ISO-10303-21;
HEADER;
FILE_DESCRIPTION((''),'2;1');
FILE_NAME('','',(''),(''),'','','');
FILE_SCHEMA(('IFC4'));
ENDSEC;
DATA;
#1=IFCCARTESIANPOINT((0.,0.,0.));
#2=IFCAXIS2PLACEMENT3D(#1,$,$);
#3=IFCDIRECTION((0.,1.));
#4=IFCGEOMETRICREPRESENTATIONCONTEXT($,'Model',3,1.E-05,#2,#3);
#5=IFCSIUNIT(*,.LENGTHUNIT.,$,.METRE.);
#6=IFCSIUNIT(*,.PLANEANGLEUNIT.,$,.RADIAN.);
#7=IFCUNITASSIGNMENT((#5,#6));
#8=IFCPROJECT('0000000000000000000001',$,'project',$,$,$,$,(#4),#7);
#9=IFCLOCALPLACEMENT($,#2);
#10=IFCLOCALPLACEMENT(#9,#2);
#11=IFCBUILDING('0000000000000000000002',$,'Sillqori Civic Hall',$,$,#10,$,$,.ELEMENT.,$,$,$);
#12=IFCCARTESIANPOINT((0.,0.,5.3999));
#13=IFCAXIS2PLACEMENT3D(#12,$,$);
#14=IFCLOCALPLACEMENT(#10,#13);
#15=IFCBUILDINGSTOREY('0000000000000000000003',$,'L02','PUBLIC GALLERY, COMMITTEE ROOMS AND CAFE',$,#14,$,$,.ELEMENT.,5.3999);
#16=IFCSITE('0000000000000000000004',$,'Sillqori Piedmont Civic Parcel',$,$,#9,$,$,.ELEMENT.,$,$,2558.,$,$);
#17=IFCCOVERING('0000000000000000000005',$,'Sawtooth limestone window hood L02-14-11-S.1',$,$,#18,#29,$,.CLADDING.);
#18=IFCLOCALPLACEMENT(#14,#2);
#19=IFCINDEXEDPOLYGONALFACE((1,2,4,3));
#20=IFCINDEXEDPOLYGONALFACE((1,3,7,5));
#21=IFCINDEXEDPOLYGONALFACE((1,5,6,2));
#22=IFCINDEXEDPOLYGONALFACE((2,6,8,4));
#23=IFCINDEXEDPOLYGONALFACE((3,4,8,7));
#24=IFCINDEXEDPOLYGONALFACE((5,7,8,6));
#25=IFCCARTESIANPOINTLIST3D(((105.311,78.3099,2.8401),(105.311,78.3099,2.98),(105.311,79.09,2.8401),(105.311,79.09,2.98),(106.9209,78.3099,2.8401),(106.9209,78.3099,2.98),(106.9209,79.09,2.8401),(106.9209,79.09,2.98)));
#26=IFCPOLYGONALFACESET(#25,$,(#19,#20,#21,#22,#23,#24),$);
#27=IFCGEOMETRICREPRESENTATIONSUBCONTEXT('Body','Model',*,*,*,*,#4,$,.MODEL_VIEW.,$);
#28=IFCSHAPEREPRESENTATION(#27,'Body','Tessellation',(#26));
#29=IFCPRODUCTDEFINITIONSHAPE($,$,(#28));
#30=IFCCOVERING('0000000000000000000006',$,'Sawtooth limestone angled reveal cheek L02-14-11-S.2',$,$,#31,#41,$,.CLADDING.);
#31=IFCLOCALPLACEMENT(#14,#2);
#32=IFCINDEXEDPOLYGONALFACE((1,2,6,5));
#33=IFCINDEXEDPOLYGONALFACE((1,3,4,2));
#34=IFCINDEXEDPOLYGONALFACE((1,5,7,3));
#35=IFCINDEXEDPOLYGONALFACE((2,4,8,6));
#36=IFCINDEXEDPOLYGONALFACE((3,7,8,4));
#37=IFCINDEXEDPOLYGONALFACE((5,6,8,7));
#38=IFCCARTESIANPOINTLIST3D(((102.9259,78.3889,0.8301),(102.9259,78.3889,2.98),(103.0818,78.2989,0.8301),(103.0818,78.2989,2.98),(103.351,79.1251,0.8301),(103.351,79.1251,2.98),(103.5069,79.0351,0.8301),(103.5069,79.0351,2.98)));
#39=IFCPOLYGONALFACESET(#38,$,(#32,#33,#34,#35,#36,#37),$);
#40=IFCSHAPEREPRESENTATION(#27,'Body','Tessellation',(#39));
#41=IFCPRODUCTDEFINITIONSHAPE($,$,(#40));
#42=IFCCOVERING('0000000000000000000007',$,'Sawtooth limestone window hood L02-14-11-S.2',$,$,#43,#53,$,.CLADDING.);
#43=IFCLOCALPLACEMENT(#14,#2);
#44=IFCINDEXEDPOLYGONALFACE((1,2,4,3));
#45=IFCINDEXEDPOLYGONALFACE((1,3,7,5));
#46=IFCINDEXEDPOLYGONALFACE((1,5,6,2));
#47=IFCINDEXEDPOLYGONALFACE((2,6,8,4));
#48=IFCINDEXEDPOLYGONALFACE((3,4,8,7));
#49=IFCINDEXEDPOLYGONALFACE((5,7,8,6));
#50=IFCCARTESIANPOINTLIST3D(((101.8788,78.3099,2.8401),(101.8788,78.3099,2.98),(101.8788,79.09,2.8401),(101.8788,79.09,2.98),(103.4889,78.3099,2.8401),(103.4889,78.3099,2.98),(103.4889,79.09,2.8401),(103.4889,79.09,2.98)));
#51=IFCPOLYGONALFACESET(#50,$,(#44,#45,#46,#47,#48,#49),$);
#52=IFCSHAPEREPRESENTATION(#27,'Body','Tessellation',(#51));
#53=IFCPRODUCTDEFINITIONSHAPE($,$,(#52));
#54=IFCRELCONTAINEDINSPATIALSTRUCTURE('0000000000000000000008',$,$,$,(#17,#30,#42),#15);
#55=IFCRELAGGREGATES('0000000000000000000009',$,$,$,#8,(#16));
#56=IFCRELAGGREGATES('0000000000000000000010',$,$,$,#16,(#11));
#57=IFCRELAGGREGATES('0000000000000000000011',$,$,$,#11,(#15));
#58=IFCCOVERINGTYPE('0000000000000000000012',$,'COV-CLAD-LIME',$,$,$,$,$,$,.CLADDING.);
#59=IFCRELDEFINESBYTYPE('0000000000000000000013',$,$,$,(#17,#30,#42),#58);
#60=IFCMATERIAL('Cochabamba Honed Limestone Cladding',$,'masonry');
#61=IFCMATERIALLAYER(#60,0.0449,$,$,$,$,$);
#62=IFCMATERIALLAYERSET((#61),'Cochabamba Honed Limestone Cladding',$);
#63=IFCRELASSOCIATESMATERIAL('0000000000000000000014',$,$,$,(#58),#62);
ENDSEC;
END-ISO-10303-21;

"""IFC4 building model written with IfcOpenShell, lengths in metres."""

from ifc_helpers import new_model, si_unit, direction, frame, frame_2d, origin, place, context, subcontext, project, spatial, rectangle, extrude, material, layer, layer_set, type_object, element, save


model = new_model("IFC4")

# Units and contexts
model_context = context("Model", 3, precision=1e-05, world=origin(), true_north=direction((0.0, 1.0)))
body_context = subcontext(model_context, "Body", "Model", "MODEL_VIEW")
ifc_project = project(units=[si_unit("LENGTHUNIT", "METRE"), si_unit("PLANEANGLEUNIT", "RADIAN")], contexts=[model_context])

# Site, building, storey
site_placement = place(None, origin())
site = spatial("IfcSite", under=ifc_project, at=site_placement, Name="Sillqori Piedmont Civic Parcel", CompositionType="ELEMENT", RefElevation=2558.0)
building_placement = place(site_placement, origin())
building = spatial("IfcBuilding", under=site, at=building_placement, Name="Sillqori Civic Hall", CompositionType="ELEMENT")
storey_placement = place(building_placement, frame((0.0, 0.0, 5.3999)))
storey = spatial("IfcBuildingStorey", under=building, at=storey_placement, Name="L02", Description="PUBLIC GALLERY, COMMITTEE ROOMS AND CAFE", CompositionType="ELEMENT", Elevation=5.3999)

# Coverings
ifc_material_1 = material(Name="Cochabamba Honed Limestone Cladding", Category="masonry")
ifc_layer_1 = layer(ifc_material_1, 0.0449)
ifc_layer_set_1 = layer_set([ifc_layer_1], Name="Cochabamba Honed Limestone Cladding")
covering_type = type_object("IfcCoveringType", Name="COV-CLAD-LIME", PredefinedType="CLADDING", material=ifc_layer_set_1)
covering_1_placement = place(storey_placement, frame((106.9209, 78.7, 2.8401), z_axis=(0.0, 0.0, 1.0), x_axis=(-1.0, 0.0, 0.0)))
element("IfcCovering", 1, at=covering_1_placement, inside=storey, type_object=covering_type, Name="Sawtooth limestone window hood L02-14-11-S.1", PredefinedType="CLADDING", context=body_context, shape_type="SweptSolid", body=[
    extrude(rectangle(XDim=1.6099, YDim=0.78, at=frame_2d((0.8049, 0.0))), origin(), (0.0, 0.0, 1.0), 0.1399),
])
covering_2_placement = place(storey_placement, frame((103.429, 79.0801, 0.8301), z_axis=(0.0, 0.0, 1.0), x_axis=(-0.500062, -0.865989, 0.0)))
element("IfcCovering", 2, at=covering_2_placement, inside=storey, type_object=covering_type, Name="Sawtooth limestone angled reveal cheek L02-14-11-S.2", PredefinedType="CLADDING", context=body_context, shape_type="SweptSolid", body=[
    extrude(rectangle(XDim=0.8501, YDim=0.1799, at=frame_2d((0.425, 0.0))), origin(), (0.0, 0.0, 1.0), 2.1499),
])
covering_3_placement = place(storey_placement, frame((103.489, 78.7, 2.8401), z_axis=(0.0, 0.0, 1.0), x_axis=(-1.0, 0.0, 0.0)))
element("IfcCovering", 3, at=covering_3_placement, inside=storey, type_object=covering_type, Name="Sawtooth limestone window hood L02-14-11-S.2", PredefinedType="CLADDING", context=body_context, shape_type="SweptSolid", body=[
    extrude(rectangle(XDim=1.6101, YDim=0.78, at=frame_2d((0.8052, 0.0))), origin(), (0.0, 0.0, 1.0), 0.1399),
])

save(model, "model.ifc")
